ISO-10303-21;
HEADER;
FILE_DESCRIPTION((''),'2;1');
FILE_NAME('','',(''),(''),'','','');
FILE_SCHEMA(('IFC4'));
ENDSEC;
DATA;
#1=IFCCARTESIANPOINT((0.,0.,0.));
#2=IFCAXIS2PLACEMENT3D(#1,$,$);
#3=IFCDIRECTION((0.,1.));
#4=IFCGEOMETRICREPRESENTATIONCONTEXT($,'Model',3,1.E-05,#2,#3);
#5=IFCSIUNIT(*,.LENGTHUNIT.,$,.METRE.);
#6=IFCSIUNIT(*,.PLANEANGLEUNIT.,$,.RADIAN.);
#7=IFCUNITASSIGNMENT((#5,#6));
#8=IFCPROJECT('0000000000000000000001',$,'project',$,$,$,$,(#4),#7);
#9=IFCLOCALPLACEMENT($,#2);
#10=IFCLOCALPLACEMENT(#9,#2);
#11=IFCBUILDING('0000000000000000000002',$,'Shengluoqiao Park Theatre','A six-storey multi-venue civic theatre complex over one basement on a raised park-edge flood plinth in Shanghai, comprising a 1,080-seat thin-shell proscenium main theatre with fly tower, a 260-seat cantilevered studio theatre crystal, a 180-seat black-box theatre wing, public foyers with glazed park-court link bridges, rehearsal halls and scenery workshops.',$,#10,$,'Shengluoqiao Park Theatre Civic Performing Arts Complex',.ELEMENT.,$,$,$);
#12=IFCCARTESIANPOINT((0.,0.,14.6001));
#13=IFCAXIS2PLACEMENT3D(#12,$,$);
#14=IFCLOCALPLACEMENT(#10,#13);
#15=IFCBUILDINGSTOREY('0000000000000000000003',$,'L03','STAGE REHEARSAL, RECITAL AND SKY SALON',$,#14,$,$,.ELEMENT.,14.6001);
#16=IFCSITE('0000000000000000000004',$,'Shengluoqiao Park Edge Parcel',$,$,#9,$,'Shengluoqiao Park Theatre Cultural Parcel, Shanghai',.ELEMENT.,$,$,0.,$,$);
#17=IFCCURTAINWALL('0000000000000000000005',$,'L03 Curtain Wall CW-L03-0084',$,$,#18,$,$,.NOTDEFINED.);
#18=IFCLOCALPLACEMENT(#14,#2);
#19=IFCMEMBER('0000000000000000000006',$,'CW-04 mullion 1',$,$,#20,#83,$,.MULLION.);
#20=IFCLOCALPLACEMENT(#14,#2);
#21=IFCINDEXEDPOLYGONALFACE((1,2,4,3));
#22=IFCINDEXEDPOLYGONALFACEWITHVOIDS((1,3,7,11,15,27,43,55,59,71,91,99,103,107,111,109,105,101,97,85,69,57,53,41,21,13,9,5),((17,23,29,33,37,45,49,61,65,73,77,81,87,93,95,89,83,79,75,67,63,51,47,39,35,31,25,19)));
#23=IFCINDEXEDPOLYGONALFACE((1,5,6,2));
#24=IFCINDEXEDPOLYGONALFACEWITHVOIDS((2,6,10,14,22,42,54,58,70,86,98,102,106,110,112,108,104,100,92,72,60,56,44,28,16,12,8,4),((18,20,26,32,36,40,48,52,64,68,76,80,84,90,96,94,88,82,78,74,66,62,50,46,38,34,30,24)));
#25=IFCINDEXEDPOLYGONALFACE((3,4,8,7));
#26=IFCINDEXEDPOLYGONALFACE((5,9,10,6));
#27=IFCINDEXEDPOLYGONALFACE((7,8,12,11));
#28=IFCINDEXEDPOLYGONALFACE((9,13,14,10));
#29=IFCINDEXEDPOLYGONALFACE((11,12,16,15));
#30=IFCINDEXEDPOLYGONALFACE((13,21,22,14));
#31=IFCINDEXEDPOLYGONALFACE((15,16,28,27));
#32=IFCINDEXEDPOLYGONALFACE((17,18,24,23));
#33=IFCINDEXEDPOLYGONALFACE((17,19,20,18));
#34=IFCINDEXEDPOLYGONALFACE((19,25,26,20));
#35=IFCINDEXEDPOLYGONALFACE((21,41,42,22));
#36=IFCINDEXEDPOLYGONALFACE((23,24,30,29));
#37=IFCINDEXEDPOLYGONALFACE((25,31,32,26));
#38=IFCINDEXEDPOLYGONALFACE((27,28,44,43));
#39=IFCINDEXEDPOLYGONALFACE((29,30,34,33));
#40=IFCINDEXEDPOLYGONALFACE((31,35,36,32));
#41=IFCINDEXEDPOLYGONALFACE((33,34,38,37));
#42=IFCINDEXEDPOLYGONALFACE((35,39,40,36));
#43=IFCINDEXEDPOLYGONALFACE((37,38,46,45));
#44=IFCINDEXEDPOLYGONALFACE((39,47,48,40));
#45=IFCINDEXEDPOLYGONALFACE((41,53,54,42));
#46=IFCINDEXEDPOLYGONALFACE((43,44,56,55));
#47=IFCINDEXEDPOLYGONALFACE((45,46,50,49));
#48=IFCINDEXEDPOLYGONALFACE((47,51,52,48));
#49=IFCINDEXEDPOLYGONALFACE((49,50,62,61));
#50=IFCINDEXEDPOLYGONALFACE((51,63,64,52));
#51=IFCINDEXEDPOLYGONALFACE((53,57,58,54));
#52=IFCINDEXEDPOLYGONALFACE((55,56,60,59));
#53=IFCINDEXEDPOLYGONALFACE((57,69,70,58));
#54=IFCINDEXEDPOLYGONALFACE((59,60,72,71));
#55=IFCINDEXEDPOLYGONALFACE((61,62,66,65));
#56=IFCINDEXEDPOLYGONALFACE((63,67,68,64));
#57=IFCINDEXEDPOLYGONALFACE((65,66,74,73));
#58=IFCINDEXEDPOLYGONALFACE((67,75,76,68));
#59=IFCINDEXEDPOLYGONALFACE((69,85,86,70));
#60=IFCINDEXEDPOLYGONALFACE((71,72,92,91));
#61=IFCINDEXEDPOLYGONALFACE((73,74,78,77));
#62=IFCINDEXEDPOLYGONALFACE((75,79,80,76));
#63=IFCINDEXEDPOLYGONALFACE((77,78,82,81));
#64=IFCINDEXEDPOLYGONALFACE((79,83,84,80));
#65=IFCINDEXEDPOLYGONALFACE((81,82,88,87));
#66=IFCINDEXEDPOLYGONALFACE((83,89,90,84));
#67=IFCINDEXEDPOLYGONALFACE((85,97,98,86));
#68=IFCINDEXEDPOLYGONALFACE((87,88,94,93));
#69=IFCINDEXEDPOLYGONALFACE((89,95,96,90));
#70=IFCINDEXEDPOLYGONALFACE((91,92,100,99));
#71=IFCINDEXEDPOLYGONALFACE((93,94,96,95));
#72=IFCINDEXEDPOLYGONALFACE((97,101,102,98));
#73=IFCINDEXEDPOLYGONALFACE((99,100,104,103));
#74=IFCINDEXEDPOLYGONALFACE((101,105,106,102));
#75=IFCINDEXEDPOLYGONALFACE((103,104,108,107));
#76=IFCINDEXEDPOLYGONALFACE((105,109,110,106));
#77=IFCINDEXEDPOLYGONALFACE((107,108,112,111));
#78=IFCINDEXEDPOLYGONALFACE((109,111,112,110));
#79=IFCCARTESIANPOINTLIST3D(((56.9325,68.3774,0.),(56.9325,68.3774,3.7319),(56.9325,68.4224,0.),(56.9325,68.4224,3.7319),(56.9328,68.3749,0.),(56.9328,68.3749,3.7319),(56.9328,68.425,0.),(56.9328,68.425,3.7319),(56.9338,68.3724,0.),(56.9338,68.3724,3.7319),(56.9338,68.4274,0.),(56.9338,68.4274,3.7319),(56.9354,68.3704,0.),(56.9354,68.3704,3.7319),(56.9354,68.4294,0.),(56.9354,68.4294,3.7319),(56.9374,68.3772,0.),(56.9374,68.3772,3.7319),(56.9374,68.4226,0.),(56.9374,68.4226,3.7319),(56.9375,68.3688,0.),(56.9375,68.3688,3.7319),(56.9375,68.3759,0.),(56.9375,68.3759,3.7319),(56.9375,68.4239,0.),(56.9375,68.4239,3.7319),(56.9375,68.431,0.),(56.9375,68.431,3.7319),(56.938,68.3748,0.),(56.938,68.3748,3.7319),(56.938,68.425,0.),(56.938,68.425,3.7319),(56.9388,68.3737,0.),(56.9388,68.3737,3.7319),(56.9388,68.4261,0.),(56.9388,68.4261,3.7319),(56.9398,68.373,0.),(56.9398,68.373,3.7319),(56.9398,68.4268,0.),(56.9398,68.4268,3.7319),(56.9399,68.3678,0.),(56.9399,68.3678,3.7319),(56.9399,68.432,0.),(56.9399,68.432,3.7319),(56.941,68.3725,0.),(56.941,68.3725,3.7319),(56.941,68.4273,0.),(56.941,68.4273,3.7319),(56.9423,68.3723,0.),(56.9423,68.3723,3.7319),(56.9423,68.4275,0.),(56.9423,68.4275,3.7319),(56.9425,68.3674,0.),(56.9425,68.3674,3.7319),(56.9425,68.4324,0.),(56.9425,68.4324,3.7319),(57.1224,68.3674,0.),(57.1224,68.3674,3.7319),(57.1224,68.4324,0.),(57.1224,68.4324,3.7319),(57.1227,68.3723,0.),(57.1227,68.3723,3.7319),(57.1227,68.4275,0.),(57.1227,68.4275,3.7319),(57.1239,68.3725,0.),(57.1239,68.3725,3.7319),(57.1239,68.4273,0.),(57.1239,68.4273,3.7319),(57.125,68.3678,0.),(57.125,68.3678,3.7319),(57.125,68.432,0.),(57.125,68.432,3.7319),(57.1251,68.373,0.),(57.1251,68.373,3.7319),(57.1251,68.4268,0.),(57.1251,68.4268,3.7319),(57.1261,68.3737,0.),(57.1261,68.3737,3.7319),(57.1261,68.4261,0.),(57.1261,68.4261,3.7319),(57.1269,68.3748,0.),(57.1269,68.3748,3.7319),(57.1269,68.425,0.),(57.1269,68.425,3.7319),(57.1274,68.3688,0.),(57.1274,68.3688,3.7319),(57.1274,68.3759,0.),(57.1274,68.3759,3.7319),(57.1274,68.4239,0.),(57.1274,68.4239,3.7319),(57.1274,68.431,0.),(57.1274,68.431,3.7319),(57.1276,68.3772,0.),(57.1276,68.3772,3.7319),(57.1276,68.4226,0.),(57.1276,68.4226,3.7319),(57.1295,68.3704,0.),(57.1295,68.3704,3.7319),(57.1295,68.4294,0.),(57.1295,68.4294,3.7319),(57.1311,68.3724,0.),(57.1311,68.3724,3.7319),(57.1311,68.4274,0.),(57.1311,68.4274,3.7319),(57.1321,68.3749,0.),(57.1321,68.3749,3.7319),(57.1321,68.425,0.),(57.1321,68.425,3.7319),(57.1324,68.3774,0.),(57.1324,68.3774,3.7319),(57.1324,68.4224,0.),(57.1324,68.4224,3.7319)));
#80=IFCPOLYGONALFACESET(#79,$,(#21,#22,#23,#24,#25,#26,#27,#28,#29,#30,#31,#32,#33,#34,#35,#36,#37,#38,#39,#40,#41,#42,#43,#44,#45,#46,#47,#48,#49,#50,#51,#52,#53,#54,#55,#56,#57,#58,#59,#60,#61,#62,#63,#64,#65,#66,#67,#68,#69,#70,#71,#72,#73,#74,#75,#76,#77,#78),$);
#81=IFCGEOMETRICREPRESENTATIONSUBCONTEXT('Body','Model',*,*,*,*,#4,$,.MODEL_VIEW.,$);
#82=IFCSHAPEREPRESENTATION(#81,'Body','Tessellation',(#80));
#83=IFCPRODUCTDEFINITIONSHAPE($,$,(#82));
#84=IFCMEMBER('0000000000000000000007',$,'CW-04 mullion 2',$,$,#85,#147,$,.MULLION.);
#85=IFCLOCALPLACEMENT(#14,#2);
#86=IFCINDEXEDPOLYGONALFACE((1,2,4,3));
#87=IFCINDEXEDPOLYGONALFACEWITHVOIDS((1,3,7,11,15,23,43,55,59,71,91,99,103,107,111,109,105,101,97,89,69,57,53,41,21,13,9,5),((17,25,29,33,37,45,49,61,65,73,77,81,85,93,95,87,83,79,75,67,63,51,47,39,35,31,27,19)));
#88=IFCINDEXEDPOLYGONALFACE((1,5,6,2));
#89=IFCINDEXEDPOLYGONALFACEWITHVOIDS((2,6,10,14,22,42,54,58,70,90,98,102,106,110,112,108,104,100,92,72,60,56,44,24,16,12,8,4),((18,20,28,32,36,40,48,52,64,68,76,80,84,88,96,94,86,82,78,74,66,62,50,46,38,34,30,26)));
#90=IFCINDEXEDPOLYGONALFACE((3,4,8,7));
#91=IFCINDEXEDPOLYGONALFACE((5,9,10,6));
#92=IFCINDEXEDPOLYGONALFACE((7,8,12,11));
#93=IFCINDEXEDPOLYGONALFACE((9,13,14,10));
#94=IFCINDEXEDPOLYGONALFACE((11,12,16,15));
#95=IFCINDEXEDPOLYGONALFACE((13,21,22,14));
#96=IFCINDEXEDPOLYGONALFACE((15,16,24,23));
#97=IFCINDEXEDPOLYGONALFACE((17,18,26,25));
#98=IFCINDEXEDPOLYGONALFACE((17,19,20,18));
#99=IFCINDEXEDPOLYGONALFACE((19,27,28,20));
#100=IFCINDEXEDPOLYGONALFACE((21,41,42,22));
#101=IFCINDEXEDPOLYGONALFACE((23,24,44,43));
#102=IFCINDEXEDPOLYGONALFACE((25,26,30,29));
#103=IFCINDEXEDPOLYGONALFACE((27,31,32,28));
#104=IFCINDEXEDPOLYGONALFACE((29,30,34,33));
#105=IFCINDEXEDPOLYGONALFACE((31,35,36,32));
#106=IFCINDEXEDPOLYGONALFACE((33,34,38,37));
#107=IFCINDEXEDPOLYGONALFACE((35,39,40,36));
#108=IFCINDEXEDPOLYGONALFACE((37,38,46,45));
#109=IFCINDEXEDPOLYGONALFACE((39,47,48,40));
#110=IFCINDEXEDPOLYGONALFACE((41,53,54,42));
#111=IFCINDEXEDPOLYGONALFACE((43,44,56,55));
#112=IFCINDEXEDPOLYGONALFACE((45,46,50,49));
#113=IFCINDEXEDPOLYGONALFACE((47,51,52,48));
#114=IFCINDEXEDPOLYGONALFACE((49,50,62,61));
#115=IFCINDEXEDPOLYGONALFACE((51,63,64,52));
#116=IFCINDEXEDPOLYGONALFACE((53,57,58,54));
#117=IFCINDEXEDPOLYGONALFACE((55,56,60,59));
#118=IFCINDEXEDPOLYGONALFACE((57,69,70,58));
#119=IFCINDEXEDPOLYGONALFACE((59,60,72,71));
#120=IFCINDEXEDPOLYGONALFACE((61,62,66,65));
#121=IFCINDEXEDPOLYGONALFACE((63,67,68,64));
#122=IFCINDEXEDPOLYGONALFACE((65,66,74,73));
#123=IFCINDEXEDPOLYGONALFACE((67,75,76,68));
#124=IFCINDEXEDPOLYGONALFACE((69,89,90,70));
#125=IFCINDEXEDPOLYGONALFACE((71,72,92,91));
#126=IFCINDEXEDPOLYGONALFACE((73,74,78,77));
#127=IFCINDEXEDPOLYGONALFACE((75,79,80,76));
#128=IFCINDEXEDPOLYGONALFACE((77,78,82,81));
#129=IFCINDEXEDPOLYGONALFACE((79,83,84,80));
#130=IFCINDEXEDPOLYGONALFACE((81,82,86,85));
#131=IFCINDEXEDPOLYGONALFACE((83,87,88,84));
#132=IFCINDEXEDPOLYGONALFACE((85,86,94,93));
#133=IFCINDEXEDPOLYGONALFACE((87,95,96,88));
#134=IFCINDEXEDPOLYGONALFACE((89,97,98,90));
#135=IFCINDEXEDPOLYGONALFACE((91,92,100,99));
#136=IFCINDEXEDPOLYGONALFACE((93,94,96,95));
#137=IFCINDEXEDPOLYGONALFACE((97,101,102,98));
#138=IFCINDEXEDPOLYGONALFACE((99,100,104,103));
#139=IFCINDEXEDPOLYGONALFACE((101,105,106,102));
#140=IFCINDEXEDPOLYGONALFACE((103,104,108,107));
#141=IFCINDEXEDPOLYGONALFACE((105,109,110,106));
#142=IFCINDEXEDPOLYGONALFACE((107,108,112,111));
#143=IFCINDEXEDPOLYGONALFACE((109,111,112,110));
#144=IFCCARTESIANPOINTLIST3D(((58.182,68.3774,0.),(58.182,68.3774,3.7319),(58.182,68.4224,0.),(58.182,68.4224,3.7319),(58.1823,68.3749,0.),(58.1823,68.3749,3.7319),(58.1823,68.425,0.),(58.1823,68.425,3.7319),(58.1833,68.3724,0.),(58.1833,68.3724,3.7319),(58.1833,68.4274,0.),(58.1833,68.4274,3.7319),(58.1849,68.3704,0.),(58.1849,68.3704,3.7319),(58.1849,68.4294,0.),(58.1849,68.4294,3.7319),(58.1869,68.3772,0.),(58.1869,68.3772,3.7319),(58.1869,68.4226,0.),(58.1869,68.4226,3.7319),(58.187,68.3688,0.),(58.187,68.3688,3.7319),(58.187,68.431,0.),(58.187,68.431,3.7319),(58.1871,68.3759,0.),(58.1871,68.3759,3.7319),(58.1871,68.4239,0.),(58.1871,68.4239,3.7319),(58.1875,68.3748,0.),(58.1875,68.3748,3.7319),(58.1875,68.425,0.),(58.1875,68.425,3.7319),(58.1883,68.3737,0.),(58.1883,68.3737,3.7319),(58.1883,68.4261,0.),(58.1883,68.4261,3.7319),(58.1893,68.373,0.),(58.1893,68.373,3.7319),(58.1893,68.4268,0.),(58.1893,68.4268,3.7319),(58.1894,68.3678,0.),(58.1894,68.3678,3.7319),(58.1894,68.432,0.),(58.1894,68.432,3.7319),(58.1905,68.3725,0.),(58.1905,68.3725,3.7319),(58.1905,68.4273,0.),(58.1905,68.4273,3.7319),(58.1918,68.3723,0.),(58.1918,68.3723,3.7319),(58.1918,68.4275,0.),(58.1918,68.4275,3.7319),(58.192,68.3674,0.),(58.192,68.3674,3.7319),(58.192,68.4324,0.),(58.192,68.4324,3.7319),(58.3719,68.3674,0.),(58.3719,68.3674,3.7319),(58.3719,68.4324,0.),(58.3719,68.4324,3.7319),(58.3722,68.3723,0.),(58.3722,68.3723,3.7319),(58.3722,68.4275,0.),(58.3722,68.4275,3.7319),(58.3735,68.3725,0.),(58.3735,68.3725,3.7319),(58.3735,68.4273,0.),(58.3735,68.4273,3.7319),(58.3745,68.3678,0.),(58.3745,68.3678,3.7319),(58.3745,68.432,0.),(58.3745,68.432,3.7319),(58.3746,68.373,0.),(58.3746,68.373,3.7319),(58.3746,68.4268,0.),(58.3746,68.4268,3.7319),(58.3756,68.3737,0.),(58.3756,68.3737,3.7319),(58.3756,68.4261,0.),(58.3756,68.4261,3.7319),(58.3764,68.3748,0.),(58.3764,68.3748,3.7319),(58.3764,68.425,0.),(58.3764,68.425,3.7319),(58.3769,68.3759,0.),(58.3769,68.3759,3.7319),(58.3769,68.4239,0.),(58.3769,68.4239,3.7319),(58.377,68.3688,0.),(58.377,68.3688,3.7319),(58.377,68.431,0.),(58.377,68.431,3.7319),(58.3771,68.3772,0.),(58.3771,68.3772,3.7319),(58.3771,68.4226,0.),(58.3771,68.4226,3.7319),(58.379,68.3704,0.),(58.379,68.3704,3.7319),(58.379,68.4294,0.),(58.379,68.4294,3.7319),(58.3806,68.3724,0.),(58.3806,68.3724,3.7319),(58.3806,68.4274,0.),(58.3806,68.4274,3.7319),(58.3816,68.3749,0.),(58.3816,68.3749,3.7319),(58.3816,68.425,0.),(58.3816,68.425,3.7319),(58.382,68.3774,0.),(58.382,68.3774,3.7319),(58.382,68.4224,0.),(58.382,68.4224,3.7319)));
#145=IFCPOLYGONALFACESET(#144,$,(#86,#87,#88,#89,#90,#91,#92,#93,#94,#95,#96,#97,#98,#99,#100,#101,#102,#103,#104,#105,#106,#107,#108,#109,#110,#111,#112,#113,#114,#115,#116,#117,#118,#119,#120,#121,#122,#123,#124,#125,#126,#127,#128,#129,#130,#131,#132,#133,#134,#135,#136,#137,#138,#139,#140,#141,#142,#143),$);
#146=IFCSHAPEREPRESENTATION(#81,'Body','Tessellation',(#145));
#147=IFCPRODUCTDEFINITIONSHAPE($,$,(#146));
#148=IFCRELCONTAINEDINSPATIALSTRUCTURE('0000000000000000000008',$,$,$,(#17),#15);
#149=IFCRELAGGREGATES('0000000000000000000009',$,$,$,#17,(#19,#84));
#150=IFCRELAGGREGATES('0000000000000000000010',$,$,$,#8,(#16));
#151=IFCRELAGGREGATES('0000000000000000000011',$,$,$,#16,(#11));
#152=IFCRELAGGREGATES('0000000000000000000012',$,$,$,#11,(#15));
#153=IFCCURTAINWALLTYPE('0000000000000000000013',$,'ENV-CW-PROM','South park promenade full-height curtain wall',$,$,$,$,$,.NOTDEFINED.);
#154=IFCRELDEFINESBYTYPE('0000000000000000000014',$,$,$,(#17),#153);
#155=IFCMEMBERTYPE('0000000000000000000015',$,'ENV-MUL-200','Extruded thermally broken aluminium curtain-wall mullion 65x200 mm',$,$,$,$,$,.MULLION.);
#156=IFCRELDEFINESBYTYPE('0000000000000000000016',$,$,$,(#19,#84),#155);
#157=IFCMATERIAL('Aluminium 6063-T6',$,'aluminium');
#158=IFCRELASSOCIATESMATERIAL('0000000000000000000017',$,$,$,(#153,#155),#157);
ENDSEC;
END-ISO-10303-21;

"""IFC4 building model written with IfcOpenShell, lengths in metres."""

from ifc_helpers import new_model, si_unit, direction, frame, origin, origin_2d, place, context, subcontext, project, spatial, hollow_rectangle, extrude, material, material_profile, profile_set, type_object, element, aggregate, save


model = new_model("IFC4")

# Units and contexts
model_context = context("Model", 3, precision=1e-05, world=origin(), true_north=direction((0.0, 1.0)))
body_context = subcontext(model_context, "Body", "Model", "MODEL_VIEW")
ifc_project = project(units=[si_unit("LENGTHUNIT", "METRE"), si_unit("PLANEANGLEUNIT", "RADIAN")], contexts=[model_context])

# Site, building, storey
site_placement = place(None, origin())
site = spatial("IfcSite", under=ifc_project, at=site_placement, Name="Shengluoqiao Park Edge Parcel", LongName="Shengluoqiao Park Theatre Cultural Parcel, Shanghai", CompositionType="ELEMENT", RefElevation=0.0)
building_placement = place(site_placement, origin())
building = spatial("IfcBuilding", under=site, at=building_placement, Name="Shengluoqiao Park Theatre", Description="A six-storey multi-venue civic theatre complex over one basement on a raised park-edge flood plinth in Shanghai, comprising a 1,080-seat thin-shell proscenium main theatre with fly tower, a 260-seat cantilevered studio theatre crystal, a 180-seat black-box theatre wing, public foyers with glazed park-court link bridges, rehearsal halls and scenery workshops.", LongName="Shengluoqiao Park Theatre Civic Performing Arts Complex", CompositionType="ELEMENT")
storey_placement = place(building_placement, frame((0.0, 0.0, 14.6001)))
storey = spatial("IfcBuildingStorey", under=building, at=storey_placement, Name="L03", Description="STAGE REHEARSAL, RECITAL AND SKY SALON", CompositionType="ELEMENT", Elevation=14.6001)

# Curtain wall, members
ifc_material_1 = material(Name="Aluminium 6063-T6", Category="aluminium")
curtain_wall_type = type_object("IfcCurtainWallType", Name="ENV-CW-PROM", Description="South park promenade full-height curtain wall", PredefinedType="NOTDEFINED", material=ifc_material_1)
ifc_material_profile_1 = material_profile(ifc_material_1, hollow_rectangle(XDim=0.0649, YDim=0.2, WallThickness=0.0049, InnerFilletRadius=0.0049, OuterFilletRadius=0.01, at=origin_2d()), Name="ALU MULLION 200x65x5")
ifc_profile_set_1 = profile_set([ifc_material_profile_1], Name="Aluminium 6063-T6")
member_type_1 = type_object("IfcMemberType", Name="ENV-MUL-200", Description="Extruded thermally broken aluminium curtain-wall mullion 65x200 mm", PredefinedType="MULLION", material=ifc_profile_set_1)
curtain_wall_1_placement = place(storey_placement, origin())
curtain_wall_1 = element("IfcCurtainWall", 1, at=curtain_wall_1_placement, inside=storey, type_object=curtain_wall_type, Name="L03 Curtain Wall CW-L03-0084", PredefinedType="NOTDEFINED")
member_1_placement = place(storey_placement, frame((57.0325, 68.3999, 0.0), z_axis=(0.0, 0.0, 1.0), x_axis=(0.0, 1.0, 0.0)))
member_1 = element("IfcMember", 2, at=member_1_placement, type_object=member_type_1, Name="CW-04 mullion 1", PredefinedType="MULLION", context=body_context, shape_type="SweptSolid", body=[
    extrude(hollow_rectangle(XDim=0.0649, YDim=0.2, WallThickness=0.0049, InnerFilletRadius=0.0049, OuterFilletRadius=0.01, at=origin_2d()), origin(), (0.0, 0.0, 1.0), 3.7319),
])
member_2_placement = place(storey_placement, frame((58.282, 68.3999, 0.0), z_axis=(0.0, 0.0, 1.0), x_axis=(0.0, 1.0, 0.0)))
member_2 = element("IfcMember", 3, at=member_2_placement, type_object=member_type_1, Name="CW-04 mullion 2", PredefinedType="MULLION", context=body_context, shape_type="SweptSolid", body=[
    extrude(hollow_rectangle(XDim=0.0649, YDim=0.2, WallThickness=0.0049, InnerFilletRadius=0.0049, OuterFilletRadius=0.01, at=origin_2d()), origin(), (0.0, 0.0, 1.0), 3.7319),
])

aggregate(curtain_wall_1, [member_1, member_2])

save(model, "model.ifc")
